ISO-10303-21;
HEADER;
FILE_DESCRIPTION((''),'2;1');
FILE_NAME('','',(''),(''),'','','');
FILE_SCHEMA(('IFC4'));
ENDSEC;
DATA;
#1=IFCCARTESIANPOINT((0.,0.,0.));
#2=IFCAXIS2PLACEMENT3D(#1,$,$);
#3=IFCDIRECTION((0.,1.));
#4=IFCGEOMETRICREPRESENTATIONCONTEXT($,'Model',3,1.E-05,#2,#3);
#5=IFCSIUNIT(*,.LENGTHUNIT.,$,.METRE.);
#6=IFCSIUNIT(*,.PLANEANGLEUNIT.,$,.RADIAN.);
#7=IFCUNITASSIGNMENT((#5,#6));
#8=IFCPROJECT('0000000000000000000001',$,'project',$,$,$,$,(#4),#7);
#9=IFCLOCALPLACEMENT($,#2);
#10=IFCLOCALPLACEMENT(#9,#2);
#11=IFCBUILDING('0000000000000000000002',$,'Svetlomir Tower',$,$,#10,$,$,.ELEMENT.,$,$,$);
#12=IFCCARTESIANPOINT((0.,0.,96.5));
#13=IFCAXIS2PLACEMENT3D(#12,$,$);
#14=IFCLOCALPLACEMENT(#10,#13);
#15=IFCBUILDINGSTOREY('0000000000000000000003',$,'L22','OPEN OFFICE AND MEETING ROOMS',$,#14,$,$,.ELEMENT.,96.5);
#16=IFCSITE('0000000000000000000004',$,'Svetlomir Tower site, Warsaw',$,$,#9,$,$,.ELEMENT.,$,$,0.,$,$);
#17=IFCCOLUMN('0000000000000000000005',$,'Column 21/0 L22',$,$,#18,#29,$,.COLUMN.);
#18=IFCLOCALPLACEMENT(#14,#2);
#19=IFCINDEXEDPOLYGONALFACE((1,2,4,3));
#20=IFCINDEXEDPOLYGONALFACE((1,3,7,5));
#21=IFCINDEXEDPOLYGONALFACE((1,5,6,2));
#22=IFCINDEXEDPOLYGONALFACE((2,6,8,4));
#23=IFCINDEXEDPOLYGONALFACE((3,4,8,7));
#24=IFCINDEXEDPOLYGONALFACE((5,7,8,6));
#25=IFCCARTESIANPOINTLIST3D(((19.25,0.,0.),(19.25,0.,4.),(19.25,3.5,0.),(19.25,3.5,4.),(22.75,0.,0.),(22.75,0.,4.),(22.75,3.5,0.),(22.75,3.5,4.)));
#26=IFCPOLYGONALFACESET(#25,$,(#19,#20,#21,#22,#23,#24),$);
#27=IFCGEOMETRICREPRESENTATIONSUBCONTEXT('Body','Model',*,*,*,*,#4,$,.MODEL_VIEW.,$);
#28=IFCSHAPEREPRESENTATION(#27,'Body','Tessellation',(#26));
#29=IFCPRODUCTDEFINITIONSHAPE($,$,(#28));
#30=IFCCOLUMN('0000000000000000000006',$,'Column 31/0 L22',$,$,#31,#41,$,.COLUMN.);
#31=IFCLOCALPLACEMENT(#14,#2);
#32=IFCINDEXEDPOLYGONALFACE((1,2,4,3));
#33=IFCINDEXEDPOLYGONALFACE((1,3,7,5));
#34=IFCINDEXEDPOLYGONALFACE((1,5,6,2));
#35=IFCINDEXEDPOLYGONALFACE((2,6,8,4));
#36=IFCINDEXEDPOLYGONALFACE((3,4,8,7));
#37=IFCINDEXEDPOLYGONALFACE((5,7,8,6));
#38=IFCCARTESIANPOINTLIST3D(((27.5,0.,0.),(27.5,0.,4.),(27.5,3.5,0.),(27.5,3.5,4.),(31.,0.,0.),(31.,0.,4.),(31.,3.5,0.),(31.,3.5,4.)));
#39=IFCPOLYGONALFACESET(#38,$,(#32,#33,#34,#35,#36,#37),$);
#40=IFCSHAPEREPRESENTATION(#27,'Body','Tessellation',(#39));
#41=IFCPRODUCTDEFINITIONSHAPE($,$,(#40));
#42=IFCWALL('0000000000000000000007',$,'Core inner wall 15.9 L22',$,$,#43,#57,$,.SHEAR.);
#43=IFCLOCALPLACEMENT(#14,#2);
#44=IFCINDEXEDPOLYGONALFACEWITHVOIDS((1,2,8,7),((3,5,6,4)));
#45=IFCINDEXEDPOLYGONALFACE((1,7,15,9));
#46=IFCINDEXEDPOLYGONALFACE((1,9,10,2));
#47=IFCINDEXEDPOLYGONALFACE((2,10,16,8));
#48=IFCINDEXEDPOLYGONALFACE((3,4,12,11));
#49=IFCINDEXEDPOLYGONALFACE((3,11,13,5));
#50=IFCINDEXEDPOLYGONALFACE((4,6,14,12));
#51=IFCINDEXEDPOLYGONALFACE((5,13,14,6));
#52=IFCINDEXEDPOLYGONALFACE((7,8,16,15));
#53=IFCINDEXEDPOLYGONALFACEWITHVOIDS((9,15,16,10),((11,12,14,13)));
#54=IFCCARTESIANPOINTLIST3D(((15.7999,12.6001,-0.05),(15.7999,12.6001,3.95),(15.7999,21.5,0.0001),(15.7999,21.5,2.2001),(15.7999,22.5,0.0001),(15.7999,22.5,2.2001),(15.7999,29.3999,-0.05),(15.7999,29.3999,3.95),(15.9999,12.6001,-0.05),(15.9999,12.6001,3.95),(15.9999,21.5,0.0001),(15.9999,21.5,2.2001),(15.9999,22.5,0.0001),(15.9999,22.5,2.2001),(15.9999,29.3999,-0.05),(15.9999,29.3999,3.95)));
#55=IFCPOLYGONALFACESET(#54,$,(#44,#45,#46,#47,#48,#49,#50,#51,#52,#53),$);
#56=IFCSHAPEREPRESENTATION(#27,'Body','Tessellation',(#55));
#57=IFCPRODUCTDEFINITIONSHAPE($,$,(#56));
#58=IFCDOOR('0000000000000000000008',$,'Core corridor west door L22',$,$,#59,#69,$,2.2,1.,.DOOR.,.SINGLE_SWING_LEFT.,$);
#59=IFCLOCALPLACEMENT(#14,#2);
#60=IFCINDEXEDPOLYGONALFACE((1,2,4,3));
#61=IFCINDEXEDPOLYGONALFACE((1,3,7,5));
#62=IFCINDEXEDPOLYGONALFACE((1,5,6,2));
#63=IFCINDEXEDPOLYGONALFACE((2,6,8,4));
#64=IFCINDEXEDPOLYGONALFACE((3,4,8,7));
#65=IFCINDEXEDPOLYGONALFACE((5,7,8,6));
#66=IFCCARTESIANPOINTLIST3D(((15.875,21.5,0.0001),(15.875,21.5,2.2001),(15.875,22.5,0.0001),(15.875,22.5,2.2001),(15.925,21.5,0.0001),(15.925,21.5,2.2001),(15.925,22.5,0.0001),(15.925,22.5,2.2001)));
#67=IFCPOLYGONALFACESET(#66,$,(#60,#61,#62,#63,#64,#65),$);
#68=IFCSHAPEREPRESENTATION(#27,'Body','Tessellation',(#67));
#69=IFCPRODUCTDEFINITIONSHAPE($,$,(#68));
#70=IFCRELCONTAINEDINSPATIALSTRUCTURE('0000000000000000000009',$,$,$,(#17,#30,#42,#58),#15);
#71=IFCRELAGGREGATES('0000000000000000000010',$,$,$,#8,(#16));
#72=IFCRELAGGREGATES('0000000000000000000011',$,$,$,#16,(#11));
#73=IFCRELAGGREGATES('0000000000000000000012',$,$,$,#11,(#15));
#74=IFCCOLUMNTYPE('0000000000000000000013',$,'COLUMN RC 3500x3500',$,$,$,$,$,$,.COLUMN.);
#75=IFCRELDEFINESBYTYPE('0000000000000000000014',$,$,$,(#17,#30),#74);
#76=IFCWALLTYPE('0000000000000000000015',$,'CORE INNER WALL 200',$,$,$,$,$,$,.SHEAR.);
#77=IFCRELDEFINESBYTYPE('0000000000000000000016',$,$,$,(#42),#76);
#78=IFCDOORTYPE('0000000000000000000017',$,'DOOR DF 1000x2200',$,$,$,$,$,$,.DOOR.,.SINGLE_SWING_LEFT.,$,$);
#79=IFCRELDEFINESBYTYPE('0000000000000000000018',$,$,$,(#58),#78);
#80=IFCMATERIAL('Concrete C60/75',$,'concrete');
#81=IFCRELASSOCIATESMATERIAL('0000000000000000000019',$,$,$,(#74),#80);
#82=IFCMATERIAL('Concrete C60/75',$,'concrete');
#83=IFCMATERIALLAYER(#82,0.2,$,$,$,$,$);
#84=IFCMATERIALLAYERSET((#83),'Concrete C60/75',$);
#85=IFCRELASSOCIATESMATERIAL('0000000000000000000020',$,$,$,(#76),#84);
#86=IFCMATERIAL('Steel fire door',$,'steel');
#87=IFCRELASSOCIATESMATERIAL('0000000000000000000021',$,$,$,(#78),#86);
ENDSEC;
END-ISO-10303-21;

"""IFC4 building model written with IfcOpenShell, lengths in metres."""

from ifc_helpers import new_model, si_unit, direction, frame, frame_2d, origin, origin_2d, place, context, subcontext, project, spatial, rectangle, extrude, material, layer, layer_set, material_profile, profile_set, type_object, element, fill, save


model = new_model("IFC4")

# Units and contexts
model_context = context("Model", 3, precision=1e-05, world=origin(), true_north=direction((0.0, 1.0)))
body_context = subcontext(model_context, "Body", "Model", "MODEL_VIEW")
ifc_project = project(units=[si_unit("LENGTHUNIT", "METRE"), si_unit("PLANEANGLEUNIT", "RADIAN")], contexts=[model_context])

# Site, building, storey
site_placement = place(None, origin())
site = spatial("IfcSite", under=ifc_project, at=site_placement, Name="Svetlomir Tower site, Warsaw", CompositionType="ELEMENT", RefElevation=0.0)
building_placement = place(site_placement, origin())
building = spatial("IfcBuilding", under=site, at=building_placement, Name="Svetlomir Tower", CompositionType="ELEMENT")
storey_placement = place(building_placement, frame((0.0, 0.0, 96.5)))
storey = spatial("IfcBuildingStorey", under=building, at=storey_placement, Name="L22", Description="OPEN OFFICE AND MEETING ROOMS", CompositionType="ELEMENT", Elevation=96.5)

# Columns
ifc_material_1 = material(Name="Concrete C60/75", Category="concrete")
ifc_material_profile = material_profile(ifc_material_1, rectangle(XDim=3.5, YDim=3.5, at=origin_2d()), Name="RC 3500x3500")
ifc_profile_set = profile_set([ifc_material_profile], Name="Concrete C60/75")
column_type = type_object("IfcColumnType", Name="COLUMN RC 3500x3500", PredefinedType="COLUMN", material=ifc_profile_set)
for number, where, z_axis, x_axis, name in (
    (1, (21.0, 1.75, 0.0), (0.0, 0.0, 1.0), (1.0, 0.0, 0.0), "Column 21/0 L22"),
    (2, (29.25, 1.75, 0.0), (0.0, 0.0, 1.0), (1.0, 0.0, 0.0), "Column 31/0 L22"),
):
    element("IfcColumn", number, at=place(storey_placement, frame(where, z_axis=z_axis, x_axis=x_axis)), inside=storey, type_object=column_type, Name=name, PredefinedType="COLUMN", context=body_context, shape_type="SweptSolid", body=[
        extrude(rectangle(XDim=3.5, YDim=3.5, at=origin_2d()), origin(), (0.0, 0.0, 1.0), 4.0),
    ])

# Wall, opening, door
ifc_material_2 = material(Name="Concrete C60/75", Category="concrete")
ifc_layer_1 = layer(ifc_material_2, 0.2)
ifc_layer_set_1 = layer_set([ifc_layer_1], Name="Concrete C60/75")
wall_type_1 = type_object("IfcWallType", Name="CORE INNER WALL 200", PredefinedType="SHEAR", material=ifc_layer_set_1)
wall_1_placement = place(storey_placement, frame((15.8999, 12.6001, -0.05), z_axis=(0.0, 0.0, 1.0), x_axis=(0.0, 1.0, 0.0)))
wall_1 = element("IfcWall", 3, at=wall_1_placement, inside=storey, type_object=wall_type_1, Name="Core inner wall 15.9 L22", PredefinedType="SHEAR", context=body_context, shape_type="SweptSolid", body=[
    extrude(rectangle(XDim=16.7998, YDim=0.2, at=frame_2d((8.3999, 0.0))), origin(), (0.0, 0.0, 1.0), 4.0),
])
opening_1_placement = place(wall_1_placement, frame((8.8999, 0.0, 0.05)))
opening_1 = element("IfcOpeningElement", 4, at=opening_1_placement, cuts=wall_1, PredefinedType="OPENING", context=body_context, shape_type="SweptSolid", body=[
    extrude(rectangle(XDim=1.0, YDim=2.2, at=frame_2d((0.5, 1.1001))), frame((0.0, 0.1099, 0.0), z_axis=(0.0, -1.0, 0.0), x_axis=(1.0, 0.0, 0.0)), (0.0, 0.0, 1.0), 0.22),
])
ifc_material_3 = material(Name="Steel fire door", Category="steel")
door_type_1 = type_object("IfcDoorType", Name="DOOR DF 1000x2200", OperationType="SINGLE_SWING_LEFT", PredefinedType="DOOR", material=ifc_material_3)
door_1_placement = place(opening_1_placement, origin())
door_1 = element("IfcDoor", 5, at=door_1_placement, inside=storey, type_object=door_type_1, Name="Core corridor west door L22", OperationType="SINGLE_SWING_LEFT", OverallHeight=2.2, OverallWidth=1.0, PredefinedType="DOOR", context=body_context, shape_type="SweptSolid", body=[
    extrude(rectangle(XDim=1.0, YDim=2.2, at=frame_2d((0.5, 1.1001))), frame((0.0, 0.0249, 0.0), z_axis=(0.0, -1.0, 0.0), x_axis=(1.0, 0.0, 0.0)), (0.0, 0.0, 1.0), 0.05),
])
fill(opening_1, door_1)

save(model, "model.ifc")
